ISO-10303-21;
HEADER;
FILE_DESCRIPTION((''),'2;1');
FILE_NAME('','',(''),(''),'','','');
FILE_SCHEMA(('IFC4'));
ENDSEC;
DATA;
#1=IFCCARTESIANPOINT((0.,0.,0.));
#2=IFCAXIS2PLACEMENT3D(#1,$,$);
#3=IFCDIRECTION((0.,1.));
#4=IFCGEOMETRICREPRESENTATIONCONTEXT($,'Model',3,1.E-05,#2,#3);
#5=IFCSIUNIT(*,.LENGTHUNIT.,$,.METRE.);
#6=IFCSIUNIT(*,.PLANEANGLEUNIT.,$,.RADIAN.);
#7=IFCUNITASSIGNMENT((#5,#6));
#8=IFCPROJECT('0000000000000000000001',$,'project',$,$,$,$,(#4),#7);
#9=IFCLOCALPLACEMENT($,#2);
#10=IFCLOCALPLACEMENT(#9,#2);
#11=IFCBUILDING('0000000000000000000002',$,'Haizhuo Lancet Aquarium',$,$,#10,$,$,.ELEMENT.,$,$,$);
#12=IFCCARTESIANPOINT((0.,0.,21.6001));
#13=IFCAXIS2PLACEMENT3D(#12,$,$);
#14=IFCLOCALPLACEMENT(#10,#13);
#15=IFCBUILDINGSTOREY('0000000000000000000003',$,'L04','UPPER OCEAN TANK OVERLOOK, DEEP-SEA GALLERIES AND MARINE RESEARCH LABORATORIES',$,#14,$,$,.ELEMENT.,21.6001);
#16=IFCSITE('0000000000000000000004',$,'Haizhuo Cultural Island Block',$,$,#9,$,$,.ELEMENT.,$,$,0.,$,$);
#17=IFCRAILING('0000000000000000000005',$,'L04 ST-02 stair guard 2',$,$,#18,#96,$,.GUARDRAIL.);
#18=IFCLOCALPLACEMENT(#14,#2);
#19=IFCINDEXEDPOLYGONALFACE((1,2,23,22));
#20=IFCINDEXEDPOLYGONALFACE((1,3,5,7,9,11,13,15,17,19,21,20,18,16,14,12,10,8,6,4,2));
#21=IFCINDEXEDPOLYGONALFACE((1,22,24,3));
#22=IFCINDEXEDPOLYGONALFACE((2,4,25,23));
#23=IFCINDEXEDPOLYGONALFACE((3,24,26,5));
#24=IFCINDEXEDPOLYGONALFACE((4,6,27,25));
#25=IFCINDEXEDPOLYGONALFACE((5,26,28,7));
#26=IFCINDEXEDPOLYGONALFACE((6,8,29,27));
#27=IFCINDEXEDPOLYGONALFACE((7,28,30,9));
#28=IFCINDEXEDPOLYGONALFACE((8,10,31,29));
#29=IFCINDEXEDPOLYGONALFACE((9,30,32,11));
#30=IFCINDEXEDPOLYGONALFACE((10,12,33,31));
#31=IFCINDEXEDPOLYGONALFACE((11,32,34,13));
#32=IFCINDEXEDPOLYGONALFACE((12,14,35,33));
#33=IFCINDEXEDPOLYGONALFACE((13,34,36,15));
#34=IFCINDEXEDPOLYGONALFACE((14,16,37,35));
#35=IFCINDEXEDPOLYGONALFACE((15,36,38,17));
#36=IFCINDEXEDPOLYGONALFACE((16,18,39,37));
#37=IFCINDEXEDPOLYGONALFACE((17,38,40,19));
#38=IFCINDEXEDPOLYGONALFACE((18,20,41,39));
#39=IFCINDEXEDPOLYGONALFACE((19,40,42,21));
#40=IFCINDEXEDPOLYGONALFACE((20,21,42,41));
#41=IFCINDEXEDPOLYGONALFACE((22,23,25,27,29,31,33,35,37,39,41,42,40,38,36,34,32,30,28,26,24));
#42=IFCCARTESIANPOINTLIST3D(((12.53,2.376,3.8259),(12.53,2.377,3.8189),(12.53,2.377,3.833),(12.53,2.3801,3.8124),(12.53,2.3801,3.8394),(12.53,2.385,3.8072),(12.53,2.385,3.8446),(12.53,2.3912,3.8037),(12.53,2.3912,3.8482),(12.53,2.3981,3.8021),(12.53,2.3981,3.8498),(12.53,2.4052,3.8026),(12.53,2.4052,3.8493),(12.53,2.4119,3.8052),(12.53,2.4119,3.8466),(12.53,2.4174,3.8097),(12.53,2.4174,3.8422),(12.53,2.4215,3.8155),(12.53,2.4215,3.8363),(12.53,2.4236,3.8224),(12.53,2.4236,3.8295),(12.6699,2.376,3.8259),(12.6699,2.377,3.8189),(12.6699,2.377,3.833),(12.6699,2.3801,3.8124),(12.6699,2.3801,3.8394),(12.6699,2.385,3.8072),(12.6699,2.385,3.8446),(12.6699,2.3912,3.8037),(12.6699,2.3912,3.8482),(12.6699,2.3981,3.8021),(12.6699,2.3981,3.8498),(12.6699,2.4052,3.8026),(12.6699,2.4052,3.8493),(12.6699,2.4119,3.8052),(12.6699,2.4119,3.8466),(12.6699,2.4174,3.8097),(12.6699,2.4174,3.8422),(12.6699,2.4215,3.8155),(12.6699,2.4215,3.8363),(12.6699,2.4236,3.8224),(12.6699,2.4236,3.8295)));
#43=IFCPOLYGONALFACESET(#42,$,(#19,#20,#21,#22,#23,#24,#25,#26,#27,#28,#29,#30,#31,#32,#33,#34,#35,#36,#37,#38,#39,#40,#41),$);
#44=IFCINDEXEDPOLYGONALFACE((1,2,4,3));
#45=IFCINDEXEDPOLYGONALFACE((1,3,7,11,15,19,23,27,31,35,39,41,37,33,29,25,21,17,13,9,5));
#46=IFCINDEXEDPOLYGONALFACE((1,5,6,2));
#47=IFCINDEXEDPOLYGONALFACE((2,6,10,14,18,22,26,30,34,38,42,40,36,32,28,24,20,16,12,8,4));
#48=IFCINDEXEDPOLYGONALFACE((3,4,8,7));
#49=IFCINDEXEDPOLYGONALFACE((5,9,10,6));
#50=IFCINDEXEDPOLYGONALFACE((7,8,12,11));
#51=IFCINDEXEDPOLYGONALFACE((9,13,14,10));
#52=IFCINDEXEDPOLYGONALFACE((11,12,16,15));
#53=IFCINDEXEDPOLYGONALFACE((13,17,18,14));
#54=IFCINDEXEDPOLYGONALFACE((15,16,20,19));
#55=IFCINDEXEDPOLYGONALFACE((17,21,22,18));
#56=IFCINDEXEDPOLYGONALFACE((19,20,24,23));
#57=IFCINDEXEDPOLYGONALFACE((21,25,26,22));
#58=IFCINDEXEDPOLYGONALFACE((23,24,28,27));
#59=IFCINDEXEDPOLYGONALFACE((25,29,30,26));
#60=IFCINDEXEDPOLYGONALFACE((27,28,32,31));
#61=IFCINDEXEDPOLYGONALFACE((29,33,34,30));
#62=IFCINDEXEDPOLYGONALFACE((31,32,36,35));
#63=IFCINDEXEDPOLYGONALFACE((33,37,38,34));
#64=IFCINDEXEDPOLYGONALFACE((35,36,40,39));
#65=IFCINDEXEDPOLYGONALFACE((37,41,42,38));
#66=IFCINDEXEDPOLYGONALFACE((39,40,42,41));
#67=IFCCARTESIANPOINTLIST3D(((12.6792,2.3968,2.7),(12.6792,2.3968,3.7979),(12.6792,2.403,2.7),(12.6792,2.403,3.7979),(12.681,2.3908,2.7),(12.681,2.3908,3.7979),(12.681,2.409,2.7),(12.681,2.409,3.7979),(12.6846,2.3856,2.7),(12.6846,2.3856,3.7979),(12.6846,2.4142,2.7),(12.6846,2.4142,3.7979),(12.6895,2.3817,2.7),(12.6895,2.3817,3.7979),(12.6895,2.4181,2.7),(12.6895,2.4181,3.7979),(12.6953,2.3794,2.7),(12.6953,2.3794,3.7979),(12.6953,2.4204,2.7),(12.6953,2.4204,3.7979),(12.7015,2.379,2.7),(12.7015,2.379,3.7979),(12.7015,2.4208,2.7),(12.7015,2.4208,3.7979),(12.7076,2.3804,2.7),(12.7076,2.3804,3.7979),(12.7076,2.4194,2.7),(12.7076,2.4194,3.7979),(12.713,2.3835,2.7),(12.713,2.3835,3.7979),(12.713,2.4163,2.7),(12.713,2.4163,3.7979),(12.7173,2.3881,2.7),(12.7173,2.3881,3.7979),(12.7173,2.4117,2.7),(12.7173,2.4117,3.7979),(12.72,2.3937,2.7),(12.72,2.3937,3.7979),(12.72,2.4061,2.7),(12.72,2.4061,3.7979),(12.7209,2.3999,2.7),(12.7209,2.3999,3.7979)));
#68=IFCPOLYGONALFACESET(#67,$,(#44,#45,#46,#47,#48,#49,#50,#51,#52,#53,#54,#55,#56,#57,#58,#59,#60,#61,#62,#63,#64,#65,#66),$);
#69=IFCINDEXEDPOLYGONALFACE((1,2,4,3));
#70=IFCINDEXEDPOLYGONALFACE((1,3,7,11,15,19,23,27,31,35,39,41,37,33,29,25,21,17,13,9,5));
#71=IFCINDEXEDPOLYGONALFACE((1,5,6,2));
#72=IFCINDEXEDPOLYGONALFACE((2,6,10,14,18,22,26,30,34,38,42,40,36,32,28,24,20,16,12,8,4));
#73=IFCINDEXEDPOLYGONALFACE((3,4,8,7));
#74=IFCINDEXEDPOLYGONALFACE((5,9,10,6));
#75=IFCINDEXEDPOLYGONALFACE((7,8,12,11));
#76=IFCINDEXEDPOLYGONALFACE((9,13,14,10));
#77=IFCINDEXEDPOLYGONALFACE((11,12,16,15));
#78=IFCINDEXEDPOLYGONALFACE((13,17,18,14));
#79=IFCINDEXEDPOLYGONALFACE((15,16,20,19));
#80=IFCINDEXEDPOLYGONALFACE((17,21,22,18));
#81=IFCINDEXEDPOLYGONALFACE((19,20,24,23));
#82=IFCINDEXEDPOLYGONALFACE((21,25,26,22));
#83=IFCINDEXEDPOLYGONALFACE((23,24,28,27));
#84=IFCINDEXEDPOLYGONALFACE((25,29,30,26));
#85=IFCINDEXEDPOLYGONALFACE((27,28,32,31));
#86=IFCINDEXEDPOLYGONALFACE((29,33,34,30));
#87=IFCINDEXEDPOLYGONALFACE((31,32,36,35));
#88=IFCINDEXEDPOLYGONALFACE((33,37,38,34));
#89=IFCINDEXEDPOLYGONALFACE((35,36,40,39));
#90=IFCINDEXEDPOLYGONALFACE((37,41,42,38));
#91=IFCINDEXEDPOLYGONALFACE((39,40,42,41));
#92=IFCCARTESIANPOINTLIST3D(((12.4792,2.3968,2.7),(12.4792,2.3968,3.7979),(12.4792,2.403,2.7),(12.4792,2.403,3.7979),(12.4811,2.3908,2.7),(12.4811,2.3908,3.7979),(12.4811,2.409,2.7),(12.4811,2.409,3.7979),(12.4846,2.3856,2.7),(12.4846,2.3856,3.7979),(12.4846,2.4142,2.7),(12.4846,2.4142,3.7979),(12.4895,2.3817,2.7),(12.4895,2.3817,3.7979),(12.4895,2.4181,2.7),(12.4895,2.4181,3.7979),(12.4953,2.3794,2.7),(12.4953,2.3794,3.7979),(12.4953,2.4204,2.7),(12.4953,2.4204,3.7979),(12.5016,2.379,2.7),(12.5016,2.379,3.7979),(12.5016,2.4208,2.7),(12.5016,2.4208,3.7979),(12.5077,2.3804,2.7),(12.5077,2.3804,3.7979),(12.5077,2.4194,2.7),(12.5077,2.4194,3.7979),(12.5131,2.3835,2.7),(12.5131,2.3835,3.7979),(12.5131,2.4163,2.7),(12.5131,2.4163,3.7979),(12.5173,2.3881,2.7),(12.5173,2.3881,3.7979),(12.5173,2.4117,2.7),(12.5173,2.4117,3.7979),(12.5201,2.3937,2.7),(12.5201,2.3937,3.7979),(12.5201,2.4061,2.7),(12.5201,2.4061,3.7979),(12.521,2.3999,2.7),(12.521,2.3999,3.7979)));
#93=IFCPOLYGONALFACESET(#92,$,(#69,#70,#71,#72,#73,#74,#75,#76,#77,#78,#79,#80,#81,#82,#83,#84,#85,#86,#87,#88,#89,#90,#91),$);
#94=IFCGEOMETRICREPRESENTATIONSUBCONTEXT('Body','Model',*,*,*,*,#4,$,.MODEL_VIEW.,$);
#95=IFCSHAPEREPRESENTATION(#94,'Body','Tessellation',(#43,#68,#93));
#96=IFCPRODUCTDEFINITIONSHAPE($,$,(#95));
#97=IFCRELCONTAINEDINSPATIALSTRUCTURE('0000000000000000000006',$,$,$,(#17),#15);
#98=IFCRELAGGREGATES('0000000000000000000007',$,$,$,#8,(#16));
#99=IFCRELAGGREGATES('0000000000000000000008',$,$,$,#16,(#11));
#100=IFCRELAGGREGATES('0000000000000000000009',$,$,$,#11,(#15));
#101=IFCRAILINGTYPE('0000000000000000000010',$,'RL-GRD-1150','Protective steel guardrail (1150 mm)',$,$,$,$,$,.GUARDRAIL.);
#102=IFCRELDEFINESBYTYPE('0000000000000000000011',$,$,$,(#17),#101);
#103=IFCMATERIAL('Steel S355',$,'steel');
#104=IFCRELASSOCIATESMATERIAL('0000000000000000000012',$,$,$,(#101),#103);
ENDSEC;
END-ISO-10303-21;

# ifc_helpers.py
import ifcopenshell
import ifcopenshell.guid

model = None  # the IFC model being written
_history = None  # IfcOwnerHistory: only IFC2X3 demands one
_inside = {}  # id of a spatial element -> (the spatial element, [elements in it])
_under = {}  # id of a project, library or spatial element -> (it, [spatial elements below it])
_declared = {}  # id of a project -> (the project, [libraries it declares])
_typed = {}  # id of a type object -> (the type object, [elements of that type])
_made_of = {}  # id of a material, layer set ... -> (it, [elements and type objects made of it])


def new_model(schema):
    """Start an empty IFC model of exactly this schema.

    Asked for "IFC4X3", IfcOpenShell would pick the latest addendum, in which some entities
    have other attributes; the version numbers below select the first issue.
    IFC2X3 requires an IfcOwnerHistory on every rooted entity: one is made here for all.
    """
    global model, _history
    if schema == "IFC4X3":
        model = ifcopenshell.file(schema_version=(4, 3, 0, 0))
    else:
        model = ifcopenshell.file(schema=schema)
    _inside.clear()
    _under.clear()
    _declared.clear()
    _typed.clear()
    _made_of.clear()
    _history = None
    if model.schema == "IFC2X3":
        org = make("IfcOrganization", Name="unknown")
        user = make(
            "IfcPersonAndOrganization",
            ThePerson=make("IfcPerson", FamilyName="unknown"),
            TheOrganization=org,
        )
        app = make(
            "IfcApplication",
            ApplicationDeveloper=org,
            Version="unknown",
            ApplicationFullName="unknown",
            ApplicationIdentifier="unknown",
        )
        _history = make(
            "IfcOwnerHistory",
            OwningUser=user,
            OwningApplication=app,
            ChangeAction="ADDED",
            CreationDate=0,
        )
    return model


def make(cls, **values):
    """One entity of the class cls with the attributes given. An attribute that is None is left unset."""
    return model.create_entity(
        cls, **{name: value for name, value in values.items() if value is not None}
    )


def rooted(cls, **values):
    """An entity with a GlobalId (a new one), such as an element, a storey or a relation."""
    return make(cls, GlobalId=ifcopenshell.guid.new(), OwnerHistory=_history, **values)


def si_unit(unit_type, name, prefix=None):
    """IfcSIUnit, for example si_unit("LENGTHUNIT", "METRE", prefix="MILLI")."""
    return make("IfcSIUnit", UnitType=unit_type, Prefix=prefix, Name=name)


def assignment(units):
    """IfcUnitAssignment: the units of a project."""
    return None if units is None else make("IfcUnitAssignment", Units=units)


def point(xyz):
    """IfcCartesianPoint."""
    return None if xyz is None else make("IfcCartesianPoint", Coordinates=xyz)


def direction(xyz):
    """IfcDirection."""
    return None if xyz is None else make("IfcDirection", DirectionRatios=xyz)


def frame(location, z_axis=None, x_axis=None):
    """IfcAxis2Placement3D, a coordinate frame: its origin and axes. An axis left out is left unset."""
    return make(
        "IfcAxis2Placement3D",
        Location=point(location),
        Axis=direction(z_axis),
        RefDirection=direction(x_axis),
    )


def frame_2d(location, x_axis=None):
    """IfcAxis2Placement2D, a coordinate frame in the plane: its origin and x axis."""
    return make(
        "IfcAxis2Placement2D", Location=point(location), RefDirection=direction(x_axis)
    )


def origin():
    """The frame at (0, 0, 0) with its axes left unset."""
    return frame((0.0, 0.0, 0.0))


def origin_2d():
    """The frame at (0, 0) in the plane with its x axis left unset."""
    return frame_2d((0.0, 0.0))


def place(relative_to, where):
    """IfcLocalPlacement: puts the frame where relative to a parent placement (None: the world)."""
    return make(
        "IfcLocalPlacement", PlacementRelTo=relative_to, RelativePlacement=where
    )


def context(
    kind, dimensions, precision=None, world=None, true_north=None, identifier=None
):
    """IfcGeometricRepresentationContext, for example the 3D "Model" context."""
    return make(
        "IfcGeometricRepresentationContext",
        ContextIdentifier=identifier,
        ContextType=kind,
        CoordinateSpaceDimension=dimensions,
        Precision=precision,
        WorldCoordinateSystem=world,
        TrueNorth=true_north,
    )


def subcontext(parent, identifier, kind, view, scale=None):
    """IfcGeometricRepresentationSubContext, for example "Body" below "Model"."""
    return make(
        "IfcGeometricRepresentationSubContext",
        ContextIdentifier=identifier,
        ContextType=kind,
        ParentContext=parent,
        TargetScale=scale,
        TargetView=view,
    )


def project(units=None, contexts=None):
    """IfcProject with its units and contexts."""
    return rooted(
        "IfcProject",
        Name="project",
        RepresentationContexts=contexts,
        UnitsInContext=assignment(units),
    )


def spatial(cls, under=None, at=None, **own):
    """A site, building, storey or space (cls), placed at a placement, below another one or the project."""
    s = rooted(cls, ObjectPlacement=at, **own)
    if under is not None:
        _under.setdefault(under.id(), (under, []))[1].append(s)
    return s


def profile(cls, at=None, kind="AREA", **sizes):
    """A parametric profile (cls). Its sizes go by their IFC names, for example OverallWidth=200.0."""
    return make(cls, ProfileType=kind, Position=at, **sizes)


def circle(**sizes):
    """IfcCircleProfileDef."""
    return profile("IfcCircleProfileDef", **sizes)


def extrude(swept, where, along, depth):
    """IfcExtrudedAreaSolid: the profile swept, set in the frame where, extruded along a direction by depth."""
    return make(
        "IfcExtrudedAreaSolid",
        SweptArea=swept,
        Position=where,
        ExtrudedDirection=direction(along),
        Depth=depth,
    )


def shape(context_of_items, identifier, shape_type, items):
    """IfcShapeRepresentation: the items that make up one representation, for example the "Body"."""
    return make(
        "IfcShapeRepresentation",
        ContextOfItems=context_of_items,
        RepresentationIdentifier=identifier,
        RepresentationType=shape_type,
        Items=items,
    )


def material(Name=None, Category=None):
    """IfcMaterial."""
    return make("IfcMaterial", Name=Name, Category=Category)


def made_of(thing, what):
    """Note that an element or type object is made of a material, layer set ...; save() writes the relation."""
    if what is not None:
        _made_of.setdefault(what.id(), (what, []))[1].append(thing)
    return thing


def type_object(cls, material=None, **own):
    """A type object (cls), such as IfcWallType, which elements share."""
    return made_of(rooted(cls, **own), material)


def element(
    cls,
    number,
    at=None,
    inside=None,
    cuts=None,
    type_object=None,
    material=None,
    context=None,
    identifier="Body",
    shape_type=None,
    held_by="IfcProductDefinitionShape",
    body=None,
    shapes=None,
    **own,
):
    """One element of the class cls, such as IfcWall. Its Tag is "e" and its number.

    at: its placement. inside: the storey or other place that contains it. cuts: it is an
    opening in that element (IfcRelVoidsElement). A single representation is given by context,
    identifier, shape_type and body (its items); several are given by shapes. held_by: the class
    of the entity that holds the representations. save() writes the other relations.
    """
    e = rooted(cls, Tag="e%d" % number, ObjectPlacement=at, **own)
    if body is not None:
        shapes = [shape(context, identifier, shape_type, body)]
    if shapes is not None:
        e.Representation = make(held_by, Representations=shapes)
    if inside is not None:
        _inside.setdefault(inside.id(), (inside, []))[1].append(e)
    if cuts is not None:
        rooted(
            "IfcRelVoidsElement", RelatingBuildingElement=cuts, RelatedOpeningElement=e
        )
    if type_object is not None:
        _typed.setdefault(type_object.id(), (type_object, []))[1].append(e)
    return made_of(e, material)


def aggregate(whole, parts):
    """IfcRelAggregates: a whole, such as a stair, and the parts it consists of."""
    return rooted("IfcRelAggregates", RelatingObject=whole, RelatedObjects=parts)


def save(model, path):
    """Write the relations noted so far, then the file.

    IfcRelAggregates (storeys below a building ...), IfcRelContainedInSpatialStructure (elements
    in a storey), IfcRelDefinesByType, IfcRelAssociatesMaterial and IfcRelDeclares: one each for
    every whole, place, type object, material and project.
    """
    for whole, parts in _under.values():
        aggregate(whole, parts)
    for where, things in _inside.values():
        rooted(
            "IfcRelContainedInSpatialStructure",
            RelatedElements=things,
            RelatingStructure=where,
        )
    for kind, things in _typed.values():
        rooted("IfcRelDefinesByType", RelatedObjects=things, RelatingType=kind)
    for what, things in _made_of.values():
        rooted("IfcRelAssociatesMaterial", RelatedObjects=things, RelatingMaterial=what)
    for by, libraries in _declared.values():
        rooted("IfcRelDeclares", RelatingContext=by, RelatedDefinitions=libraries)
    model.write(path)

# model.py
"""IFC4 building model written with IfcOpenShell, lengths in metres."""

from ifc_helpers import new_model, si_unit, direction, frame, origin, origin_2d, place, context, subcontext, project, spatial, circle, extrude, material, type_object, element, save


model = new_model("IFC4")

# Units and contexts
model_context = context("Model", 3, precision=1e-05, world=origin(), true_north=direction((0.0, 1.0)))
body_context = subcontext(model_context, "Body", "Model", "MODEL_VIEW")
ifc_project = project(units=[si_unit("LENGTHUNIT", "METRE"), si_unit("PLANEANGLEUNIT", "RADIAN")], contexts=[model_context])

# Site, building, storey
site_placement = place(None, origin())
site = spatial("IfcSite", under=ifc_project, at=site_placement, Name="Haizhuo Cultural Island Block", CompositionType="ELEMENT", RefElevation=0.0)
building_placement = place(site_placement, origin())
building = spatial("IfcBuilding", under=site, at=building_placement, Name="Haizhuo Lancet Aquarium", CompositionType="ELEMENT")
storey_placement = place(building_placement, frame((0.0, 0.0, 21.6001)))
storey = spatial("IfcBuildingStorey", under=building, at=storey_placement, Name="L04", Description="UPPER OCEAN TANK OVERLOOK, DEEP-SEA GALLERIES AND MARINE RESEARCH LABORATORIES", CompositionType="ELEMENT", Elevation=21.6001)

# Shared definitions
ifc_material_1 = material(Name="Steel S355", Category="steel")

# Railing
railing_type_1 = type_object("IfcRailingType", Name="RL-GRD-1150", Description="Protective steel guardrail (1150 mm)", PredefinedType="GUARDRAIL", material=ifc_material_1)
railing_1_placement = place(storey_placement, frame((12.7, 2.3999, 2.7)))
element("IfcRailing", 1, at=railing_1_placement, inside=storey, type_object=railing_type_1, Name="L04 ST-02 stair guard 2", PredefinedType="GUARDRAIL", context=body_context, shape_type="SweptSolid", body=[
    extrude(circle(Radius=0.0239, at=origin_2d()), frame((-0.03, 0.0, 1.126), z_axis=(-1.0, 0.0, 0.0), x_axis=(0.0, -1.0, 0.0)), (0.0, 0.0, 1.0), 0.1399),
    extrude(circle(Radius=0.021, at=origin_2d()), origin(), (0.0, 0.0, 1.0), 1.0979),
    extrude(circle(Radius=0.021, at=origin_2d()), frame((-0.2, 0.0, 0.0)), (0.0, 0.0, 1.0), 1.0979),
])

save(model, "model.ifc")
